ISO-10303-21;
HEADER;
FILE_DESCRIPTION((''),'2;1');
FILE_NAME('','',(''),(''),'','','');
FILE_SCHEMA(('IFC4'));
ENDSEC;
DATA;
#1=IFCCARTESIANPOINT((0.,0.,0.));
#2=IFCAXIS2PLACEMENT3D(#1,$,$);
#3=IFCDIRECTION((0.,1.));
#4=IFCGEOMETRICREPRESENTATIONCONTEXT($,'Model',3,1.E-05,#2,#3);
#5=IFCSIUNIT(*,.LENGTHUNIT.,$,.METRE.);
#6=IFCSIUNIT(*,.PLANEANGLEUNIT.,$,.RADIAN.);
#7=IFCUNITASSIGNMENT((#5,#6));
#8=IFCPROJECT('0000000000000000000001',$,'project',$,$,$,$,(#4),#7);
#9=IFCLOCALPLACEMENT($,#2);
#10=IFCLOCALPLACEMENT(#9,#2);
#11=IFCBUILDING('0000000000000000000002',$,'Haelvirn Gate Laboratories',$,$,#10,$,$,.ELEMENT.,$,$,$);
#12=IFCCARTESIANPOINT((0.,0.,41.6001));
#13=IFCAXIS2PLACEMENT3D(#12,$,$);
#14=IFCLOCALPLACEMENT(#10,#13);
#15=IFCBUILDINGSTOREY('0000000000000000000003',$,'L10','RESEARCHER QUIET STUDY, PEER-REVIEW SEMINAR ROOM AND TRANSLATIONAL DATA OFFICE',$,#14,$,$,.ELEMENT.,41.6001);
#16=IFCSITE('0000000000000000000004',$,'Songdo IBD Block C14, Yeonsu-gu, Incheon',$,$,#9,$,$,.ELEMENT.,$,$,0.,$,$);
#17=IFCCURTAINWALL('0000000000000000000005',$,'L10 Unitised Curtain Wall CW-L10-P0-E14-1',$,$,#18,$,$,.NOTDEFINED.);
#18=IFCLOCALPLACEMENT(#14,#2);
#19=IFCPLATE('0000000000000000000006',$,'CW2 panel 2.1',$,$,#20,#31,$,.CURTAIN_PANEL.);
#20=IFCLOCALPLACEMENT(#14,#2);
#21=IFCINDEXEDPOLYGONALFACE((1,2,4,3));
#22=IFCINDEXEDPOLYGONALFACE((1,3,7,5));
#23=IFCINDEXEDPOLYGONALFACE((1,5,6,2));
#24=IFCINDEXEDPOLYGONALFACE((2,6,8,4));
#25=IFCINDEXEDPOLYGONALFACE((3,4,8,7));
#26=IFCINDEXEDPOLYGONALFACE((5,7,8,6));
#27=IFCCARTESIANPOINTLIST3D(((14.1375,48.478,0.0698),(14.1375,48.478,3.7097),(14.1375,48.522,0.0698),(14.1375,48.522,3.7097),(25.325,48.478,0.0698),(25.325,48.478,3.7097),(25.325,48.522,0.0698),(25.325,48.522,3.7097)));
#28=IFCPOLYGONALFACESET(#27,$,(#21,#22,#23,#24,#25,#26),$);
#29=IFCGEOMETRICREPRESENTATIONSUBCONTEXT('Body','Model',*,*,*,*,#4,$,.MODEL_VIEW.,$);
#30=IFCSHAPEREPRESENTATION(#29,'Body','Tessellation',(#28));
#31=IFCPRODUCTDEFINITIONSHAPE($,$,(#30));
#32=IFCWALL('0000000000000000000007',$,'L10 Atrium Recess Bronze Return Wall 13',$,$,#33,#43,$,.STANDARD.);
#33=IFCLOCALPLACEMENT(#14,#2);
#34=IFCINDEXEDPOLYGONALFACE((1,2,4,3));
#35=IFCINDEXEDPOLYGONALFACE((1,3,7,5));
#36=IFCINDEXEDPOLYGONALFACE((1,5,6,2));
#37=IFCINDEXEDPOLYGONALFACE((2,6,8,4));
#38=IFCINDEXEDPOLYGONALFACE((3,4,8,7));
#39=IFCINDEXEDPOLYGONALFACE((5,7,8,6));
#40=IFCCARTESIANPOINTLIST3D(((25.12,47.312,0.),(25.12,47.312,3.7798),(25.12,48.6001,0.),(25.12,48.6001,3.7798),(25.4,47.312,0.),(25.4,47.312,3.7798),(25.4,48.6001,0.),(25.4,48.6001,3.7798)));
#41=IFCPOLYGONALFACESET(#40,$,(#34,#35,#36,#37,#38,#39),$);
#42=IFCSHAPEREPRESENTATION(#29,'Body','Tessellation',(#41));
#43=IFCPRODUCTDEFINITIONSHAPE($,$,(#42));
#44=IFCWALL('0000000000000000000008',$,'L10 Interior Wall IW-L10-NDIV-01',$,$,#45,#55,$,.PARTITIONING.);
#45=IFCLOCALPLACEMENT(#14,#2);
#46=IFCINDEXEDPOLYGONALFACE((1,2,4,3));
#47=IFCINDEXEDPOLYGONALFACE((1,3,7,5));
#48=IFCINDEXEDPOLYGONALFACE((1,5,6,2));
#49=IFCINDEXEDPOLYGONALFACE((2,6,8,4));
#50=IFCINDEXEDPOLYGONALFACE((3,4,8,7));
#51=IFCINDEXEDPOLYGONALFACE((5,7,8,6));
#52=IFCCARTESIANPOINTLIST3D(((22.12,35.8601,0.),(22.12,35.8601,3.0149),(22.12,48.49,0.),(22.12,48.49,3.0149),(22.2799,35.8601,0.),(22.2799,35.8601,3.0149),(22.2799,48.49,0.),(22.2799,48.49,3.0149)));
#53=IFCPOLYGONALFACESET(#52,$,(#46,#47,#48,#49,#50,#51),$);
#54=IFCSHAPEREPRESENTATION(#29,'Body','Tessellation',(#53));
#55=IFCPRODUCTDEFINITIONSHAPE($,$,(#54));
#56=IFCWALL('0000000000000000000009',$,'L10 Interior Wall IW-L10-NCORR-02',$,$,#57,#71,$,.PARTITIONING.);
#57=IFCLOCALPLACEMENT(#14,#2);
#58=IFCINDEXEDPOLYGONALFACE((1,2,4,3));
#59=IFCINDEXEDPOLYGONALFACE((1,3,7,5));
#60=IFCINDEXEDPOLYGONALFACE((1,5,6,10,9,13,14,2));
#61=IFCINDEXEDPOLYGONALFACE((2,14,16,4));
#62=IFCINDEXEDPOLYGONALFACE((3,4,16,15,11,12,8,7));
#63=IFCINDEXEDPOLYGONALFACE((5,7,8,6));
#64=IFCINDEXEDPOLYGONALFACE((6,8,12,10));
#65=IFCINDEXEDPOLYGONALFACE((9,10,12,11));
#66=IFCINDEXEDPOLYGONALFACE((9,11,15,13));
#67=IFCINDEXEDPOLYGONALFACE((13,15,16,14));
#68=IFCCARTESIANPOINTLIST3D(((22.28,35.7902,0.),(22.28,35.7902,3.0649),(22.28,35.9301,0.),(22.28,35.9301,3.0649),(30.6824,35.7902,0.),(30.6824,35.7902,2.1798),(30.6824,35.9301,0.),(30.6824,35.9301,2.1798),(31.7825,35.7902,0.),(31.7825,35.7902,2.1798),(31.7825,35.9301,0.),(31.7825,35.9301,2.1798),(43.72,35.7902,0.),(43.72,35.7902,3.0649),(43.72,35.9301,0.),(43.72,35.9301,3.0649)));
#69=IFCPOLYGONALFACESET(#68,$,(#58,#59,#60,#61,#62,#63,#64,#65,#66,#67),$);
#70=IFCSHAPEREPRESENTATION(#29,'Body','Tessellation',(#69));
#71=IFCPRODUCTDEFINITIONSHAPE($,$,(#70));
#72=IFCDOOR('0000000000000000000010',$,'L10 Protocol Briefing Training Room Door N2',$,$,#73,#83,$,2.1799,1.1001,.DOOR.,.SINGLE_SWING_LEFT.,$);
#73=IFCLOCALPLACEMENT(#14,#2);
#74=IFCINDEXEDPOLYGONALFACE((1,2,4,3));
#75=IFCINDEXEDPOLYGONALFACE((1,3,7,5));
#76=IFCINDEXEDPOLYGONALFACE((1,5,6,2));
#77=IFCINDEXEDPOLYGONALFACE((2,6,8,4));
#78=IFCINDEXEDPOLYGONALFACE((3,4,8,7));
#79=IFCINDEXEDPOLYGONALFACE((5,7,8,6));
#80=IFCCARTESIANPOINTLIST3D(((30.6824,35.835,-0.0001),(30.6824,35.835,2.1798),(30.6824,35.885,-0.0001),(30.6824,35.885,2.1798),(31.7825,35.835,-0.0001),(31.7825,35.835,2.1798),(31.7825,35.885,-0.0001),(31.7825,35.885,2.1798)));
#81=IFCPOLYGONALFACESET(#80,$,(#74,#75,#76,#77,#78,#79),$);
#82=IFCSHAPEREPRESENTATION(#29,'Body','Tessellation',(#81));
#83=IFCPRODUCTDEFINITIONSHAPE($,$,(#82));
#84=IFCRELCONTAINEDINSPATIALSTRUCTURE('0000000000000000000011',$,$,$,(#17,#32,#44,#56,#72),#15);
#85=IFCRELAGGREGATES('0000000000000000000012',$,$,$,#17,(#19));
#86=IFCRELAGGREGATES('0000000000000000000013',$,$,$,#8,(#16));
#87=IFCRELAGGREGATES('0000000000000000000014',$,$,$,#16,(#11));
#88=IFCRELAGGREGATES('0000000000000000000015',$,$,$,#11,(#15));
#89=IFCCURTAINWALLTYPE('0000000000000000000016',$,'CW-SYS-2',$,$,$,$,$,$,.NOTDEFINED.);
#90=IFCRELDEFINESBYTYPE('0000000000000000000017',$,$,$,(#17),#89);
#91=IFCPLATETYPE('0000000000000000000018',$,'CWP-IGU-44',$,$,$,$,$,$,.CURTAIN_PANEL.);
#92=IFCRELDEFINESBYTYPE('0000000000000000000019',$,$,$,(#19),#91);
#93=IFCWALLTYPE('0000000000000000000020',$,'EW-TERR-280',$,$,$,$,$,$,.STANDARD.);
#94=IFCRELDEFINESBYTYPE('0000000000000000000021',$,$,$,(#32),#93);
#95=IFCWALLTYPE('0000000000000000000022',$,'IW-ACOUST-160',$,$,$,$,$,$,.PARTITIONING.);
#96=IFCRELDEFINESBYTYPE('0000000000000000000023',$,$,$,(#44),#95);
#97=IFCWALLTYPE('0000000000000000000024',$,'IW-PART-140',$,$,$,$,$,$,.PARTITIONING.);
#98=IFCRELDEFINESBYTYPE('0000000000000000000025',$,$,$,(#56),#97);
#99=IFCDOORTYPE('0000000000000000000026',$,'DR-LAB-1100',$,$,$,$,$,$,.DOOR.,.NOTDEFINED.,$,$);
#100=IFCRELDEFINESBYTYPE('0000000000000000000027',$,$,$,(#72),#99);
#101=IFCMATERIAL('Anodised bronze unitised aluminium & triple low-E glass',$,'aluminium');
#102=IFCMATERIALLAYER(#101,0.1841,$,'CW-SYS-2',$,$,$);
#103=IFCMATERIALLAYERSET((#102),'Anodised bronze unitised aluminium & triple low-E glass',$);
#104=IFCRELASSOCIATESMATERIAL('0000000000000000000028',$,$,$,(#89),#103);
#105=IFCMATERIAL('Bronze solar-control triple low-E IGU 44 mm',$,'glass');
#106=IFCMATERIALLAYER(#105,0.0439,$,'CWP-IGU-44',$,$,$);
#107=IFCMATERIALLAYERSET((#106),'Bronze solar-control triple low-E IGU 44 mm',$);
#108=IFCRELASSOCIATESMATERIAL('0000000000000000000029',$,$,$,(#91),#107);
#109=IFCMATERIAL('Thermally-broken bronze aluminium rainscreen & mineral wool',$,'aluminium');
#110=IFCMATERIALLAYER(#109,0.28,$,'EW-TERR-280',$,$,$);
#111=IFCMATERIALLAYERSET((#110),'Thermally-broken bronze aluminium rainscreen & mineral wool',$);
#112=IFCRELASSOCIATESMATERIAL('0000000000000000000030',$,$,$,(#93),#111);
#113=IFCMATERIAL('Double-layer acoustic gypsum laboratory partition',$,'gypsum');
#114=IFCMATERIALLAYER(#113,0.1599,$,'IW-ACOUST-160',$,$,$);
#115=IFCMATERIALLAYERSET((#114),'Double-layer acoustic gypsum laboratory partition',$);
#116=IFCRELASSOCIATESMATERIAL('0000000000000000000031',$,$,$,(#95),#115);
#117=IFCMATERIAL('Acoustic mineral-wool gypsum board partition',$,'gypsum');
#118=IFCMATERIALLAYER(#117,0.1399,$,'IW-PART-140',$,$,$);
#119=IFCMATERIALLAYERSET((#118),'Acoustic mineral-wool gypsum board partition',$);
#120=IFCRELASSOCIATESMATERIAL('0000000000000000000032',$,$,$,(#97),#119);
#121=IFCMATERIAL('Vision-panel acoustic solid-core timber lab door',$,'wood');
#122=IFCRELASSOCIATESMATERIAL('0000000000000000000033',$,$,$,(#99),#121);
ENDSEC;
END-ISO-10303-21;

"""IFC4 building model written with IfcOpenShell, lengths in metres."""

from ifc_helpers import new_model, si_unit, direction, frame, frame_2d, origin, origin_2d, place, context, subcontext, project, spatial, rectangle, extrude, source, transform, mapped, material, layer, layer_set, type_object, type_shapes, element, fill, aggregate, save


model = new_model("IFC4")

# Units and contexts
model_context = context("Model", 3, precision=1e-05, world=origin(), true_north=direction((0.0, 1.0)))
body_context = subcontext(model_context, "Body", "Model", "MODEL_VIEW")
ifc_project = project(units=[si_unit("LENGTHUNIT", "METRE"), si_unit("PLANEANGLEUNIT", "RADIAN")], contexts=[model_context])

# Site, building, storey
site_placement = place(None, origin())
site = spatial("IfcSite", under=ifc_project, at=site_placement, Name="Songdo IBD Block C14, Yeonsu-gu, Incheon", CompositionType="ELEMENT", RefElevation=0.0)
building_placement = place(site_placement, origin())
building = spatial("IfcBuilding", under=site, at=building_placement, Name="Haelvirn Gate Laboratories", CompositionType="ELEMENT")
storey_placement = place(building_placement, frame((0.0, 0.0, 41.6001)))
storey = spatial("IfcBuildingStorey", under=building, at=storey_placement, Name="L10", Description="RESEARCHER QUIET STUDY, PEER-REVIEW SEMINAR ROOM AND TRANSLATIONAL DATA OFFICE", CompositionType="ELEMENT", Elevation=41.6001)

# Curtain wall
ifc_material_1 = material(Name="Anodised bronze unitised aluminium & triple low-E glass", Category="aluminium")
ifc_layer_1 = layer(ifc_material_1, 0.1841, Name="CW-SYS-2")
ifc_layer_set_1 = layer_set([ifc_layer_1], Name="Anodised bronze unitised aluminium & triple low-E glass")
curtain_wall_type = type_object("IfcCurtainWallType", Name="CW-SYS-2", PredefinedType="NOTDEFINED", material=ifc_layer_set_1)
curtain_wall_1_placement = place(storey_placement, origin())
curtain_wall_1 = element("IfcCurtainWall", 1, at=curtain_wall_1_placement, inside=storey, type_object=curtain_wall_type, Name="L10 Unitised Curtain Wall CW-L10-P0-E14-1", PredefinedType="NOTDEFINED")

# Plate
ifc_material_2 = material(Name="Bronze solar-control triple low-E IGU 44 mm", Category="glass")
ifc_layer_2 = layer(ifc_material_2, 0.0439, Name="CWP-IGU-44")
ifc_layer_set_2 = layer_set([ifc_layer_2], Name="Bronze solar-control triple low-E IGU 44 mm")
plate_type = type_object("IfcPlateType", Name="CWP-IGU-44", PredefinedType="CURTAIN_PANEL", material=ifc_layer_set_2)
shared_shape_1 = source(origin(), body_context, "Body", "SweptSolid", [
    extrude(rectangle(XDim=11.1875, YDim=0.0439, at=origin_2d()), origin(), (0.0, 0.0, 1.0), 3.6399),
])
plate_1_placement = place(storey_placement, frame((19.7312, 48.5, 0.0698), z_axis=(0.0, 0.0, 1.0), x_axis=(1.0, 0.0, 0.0)))
plate_1 = element("IfcPlate", 2, at=plate_1_placement, type_object=plate_type, Name="CW2 panel 2.1", PredefinedType="CURTAIN_PANEL", context=body_context, shape_type="MappedRepresentation", body=[
    mapped(shared_shape_1, transform((0.0, 0.0, 0.0), scale=1.0)),
])
aggregate(curtain_wall_1, [plate_1])

# Walls
ifc_material_3 = material(Name="Thermally-broken bronze aluminium rainscreen & mineral wool", Category="aluminium")
ifc_layer_3 = layer(ifc_material_3, 0.28, Name="EW-TERR-280")
ifc_layer_set_3 = layer_set([ifc_layer_3], Name="Thermally-broken bronze aluminium rainscreen & mineral wool")
wall_type_1 = type_object("IfcWallType", Name="EW-TERR-280", PredefinedType="STANDARD", material=ifc_layer_set_3)
wall_1_placement = place(storey_placement, frame((25.26, 47.312, 0.0), z_axis=(0.0, 0.0, 1.0), x_axis=(0.0, 1.0, 0.0)))
element("IfcWall", 3, at=wall_1_placement, inside=storey, type_object=wall_type_1, Name="L10 Atrium Recess Bronze Return Wall 13", PredefinedType="STANDARD", context=body_context, shape_type="SweptSolid", body=[
    extrude(rectangle(XDim=1.2881, YDim=0.28, at=frame_2d((0.644, 0.0))), origin(), (0.0, 0.0, 1.0), 3.7798),
])
ifc_material_4 = material(Name="Double-layer acoustic gypsum laboratory partition", Category="gypsum")
ifc_layer_4 = layer(ifc_material_4, 0.1599, Name="IW-ACOUST-160")
ifc_layer_set_4 = layer_set([ifc_layer_4], Name="Double-layer acoustic gypsum laboratory partition")
wall_type_2 = type_object("IfcWallType", Name="IW-ACOUST-160", PredefinedType="PARTITIONING", material=ifc_layer_set_4)
wall_2_placement = place(storey_placement, frame((22.2, 35.8601, 0.0), z_axis=(0.0, 0.0, 1.0), x_axis=(0.0, 1.0, 0.0)))
element("IfcWall", 4, at=wall_2_placement, inside=storey, type_object=wall_type_2, Name="L10 Interior Wall IW-L10-NDIV-01", PredefinedType="PARTITIONING", context=body_context, shape_type="SweptSolid", body=[
    extrude(rectangle(XDim=12.6299, YDim=0.1599, at=frame_2d((6.3149, 0.0))), origin(), (0.0, 0.0, 1.0), 3.0149),
])

# Wall, opening, door
ifc_material_5 = material(Name="Acoustic mineral-wool gypsum board partition", Category="gypsum")
ifc_layer_5 = layer(ifc_material_5, 0.1399, Name="IW-PART-140")
ifc_layer_set_5 = layer_set([ifc_layer_5], Name="Acoustic mineral-wool gypsum board partition")
wall_type_3 = type_object("IfcWallType", Name="IW-PART-140", PredefinedType="PARTITIONING", material=ifc_layer_set_5)
wall_3_placement = place(storey_placement, frame((22.28, 35.8601, 0.0), z_axis=(0.0, 0.0, 1.0), x_axis=(1.0, 0.0, 0.0)))
wall_3 = element("IfcWall", 5, at=wall_3_placement, inside=storey, type_object=wall_type_3, Name="L10 Interior Wall IW-L10-NCORR-02", PredefinedType="PARTITIONING", context=body_context, shape_type="SweptSolid", body=[
    extrude(rectangle(XDim=21.4399, YDim=0.1399, at=frame_2d((10.72, 0.0))), origin(), (0.0, 0.0, 1.0), 3.0649),
])
opening_placement = place(wall_3_placement, frame((8.4023, 0.0, 0.0)))
opening = element("IfcOpeningElement", 6, at=opening_placement, cuts=wall_3, PredefinedType="OPENING", context=body_context, shape_type="SweptSolid", body=[
    extrude(rectangle(XDim=1.1001, YDim=2.1799, at=frame_2d((0.55, 1.0898))), frame((0.0, 0.0801, 0.0), z_axis=(0.0, -1.0, 0.0), x_axis=(1.0, 0.0, 0.0)), (0.0, 0.0, 1.0), 0.1599),
])
ifc_material_6 = material(Name="Vision-panel acoustic solid-core timber lab door", Category="wood")
door_type = type_object("IfcDoorType", Name="DR-LAB-1100", OperationType="NOTDEFINED", PredefinedType="DOOR", material=ifc_material_6)
shared_shape_2 = source(origin(), body_context, "Body", "SweptSolid", [
    extrude(rectangle(XDim=1.1001, YDim=2.1799, at=frame_2d((0.55, 1.0898))), frame((0.0, 0.0249, 0.0), z_axis=(0.0, -1.0, 0.0), x_axis=(1.0, 0.0, 0.0)), (0.0, 0.0, 1.0), 0.05),
])
type_shapes(door_type, [shared_shape_2])
door_placement = place(opening_placement, origin())
door = element("IfcDoor", 7, at=door_placement, inside=storey, type_object=door_type, Name="L10 Protocol Briefing Training Room Door N2", OperationType="SINGLE_SWING_LEFT", OverallHeight=2.1799, OverallWidth=1.1001, PredefinedType="DOOR", context=body_context, shape_type="MappedRepresentation", body=[
    mapped(shared_shape_2, transform((0.0, 0.0, 0.0), scale=1.0)),
])
fill(opening, door)

save(model, "model.ifc")
